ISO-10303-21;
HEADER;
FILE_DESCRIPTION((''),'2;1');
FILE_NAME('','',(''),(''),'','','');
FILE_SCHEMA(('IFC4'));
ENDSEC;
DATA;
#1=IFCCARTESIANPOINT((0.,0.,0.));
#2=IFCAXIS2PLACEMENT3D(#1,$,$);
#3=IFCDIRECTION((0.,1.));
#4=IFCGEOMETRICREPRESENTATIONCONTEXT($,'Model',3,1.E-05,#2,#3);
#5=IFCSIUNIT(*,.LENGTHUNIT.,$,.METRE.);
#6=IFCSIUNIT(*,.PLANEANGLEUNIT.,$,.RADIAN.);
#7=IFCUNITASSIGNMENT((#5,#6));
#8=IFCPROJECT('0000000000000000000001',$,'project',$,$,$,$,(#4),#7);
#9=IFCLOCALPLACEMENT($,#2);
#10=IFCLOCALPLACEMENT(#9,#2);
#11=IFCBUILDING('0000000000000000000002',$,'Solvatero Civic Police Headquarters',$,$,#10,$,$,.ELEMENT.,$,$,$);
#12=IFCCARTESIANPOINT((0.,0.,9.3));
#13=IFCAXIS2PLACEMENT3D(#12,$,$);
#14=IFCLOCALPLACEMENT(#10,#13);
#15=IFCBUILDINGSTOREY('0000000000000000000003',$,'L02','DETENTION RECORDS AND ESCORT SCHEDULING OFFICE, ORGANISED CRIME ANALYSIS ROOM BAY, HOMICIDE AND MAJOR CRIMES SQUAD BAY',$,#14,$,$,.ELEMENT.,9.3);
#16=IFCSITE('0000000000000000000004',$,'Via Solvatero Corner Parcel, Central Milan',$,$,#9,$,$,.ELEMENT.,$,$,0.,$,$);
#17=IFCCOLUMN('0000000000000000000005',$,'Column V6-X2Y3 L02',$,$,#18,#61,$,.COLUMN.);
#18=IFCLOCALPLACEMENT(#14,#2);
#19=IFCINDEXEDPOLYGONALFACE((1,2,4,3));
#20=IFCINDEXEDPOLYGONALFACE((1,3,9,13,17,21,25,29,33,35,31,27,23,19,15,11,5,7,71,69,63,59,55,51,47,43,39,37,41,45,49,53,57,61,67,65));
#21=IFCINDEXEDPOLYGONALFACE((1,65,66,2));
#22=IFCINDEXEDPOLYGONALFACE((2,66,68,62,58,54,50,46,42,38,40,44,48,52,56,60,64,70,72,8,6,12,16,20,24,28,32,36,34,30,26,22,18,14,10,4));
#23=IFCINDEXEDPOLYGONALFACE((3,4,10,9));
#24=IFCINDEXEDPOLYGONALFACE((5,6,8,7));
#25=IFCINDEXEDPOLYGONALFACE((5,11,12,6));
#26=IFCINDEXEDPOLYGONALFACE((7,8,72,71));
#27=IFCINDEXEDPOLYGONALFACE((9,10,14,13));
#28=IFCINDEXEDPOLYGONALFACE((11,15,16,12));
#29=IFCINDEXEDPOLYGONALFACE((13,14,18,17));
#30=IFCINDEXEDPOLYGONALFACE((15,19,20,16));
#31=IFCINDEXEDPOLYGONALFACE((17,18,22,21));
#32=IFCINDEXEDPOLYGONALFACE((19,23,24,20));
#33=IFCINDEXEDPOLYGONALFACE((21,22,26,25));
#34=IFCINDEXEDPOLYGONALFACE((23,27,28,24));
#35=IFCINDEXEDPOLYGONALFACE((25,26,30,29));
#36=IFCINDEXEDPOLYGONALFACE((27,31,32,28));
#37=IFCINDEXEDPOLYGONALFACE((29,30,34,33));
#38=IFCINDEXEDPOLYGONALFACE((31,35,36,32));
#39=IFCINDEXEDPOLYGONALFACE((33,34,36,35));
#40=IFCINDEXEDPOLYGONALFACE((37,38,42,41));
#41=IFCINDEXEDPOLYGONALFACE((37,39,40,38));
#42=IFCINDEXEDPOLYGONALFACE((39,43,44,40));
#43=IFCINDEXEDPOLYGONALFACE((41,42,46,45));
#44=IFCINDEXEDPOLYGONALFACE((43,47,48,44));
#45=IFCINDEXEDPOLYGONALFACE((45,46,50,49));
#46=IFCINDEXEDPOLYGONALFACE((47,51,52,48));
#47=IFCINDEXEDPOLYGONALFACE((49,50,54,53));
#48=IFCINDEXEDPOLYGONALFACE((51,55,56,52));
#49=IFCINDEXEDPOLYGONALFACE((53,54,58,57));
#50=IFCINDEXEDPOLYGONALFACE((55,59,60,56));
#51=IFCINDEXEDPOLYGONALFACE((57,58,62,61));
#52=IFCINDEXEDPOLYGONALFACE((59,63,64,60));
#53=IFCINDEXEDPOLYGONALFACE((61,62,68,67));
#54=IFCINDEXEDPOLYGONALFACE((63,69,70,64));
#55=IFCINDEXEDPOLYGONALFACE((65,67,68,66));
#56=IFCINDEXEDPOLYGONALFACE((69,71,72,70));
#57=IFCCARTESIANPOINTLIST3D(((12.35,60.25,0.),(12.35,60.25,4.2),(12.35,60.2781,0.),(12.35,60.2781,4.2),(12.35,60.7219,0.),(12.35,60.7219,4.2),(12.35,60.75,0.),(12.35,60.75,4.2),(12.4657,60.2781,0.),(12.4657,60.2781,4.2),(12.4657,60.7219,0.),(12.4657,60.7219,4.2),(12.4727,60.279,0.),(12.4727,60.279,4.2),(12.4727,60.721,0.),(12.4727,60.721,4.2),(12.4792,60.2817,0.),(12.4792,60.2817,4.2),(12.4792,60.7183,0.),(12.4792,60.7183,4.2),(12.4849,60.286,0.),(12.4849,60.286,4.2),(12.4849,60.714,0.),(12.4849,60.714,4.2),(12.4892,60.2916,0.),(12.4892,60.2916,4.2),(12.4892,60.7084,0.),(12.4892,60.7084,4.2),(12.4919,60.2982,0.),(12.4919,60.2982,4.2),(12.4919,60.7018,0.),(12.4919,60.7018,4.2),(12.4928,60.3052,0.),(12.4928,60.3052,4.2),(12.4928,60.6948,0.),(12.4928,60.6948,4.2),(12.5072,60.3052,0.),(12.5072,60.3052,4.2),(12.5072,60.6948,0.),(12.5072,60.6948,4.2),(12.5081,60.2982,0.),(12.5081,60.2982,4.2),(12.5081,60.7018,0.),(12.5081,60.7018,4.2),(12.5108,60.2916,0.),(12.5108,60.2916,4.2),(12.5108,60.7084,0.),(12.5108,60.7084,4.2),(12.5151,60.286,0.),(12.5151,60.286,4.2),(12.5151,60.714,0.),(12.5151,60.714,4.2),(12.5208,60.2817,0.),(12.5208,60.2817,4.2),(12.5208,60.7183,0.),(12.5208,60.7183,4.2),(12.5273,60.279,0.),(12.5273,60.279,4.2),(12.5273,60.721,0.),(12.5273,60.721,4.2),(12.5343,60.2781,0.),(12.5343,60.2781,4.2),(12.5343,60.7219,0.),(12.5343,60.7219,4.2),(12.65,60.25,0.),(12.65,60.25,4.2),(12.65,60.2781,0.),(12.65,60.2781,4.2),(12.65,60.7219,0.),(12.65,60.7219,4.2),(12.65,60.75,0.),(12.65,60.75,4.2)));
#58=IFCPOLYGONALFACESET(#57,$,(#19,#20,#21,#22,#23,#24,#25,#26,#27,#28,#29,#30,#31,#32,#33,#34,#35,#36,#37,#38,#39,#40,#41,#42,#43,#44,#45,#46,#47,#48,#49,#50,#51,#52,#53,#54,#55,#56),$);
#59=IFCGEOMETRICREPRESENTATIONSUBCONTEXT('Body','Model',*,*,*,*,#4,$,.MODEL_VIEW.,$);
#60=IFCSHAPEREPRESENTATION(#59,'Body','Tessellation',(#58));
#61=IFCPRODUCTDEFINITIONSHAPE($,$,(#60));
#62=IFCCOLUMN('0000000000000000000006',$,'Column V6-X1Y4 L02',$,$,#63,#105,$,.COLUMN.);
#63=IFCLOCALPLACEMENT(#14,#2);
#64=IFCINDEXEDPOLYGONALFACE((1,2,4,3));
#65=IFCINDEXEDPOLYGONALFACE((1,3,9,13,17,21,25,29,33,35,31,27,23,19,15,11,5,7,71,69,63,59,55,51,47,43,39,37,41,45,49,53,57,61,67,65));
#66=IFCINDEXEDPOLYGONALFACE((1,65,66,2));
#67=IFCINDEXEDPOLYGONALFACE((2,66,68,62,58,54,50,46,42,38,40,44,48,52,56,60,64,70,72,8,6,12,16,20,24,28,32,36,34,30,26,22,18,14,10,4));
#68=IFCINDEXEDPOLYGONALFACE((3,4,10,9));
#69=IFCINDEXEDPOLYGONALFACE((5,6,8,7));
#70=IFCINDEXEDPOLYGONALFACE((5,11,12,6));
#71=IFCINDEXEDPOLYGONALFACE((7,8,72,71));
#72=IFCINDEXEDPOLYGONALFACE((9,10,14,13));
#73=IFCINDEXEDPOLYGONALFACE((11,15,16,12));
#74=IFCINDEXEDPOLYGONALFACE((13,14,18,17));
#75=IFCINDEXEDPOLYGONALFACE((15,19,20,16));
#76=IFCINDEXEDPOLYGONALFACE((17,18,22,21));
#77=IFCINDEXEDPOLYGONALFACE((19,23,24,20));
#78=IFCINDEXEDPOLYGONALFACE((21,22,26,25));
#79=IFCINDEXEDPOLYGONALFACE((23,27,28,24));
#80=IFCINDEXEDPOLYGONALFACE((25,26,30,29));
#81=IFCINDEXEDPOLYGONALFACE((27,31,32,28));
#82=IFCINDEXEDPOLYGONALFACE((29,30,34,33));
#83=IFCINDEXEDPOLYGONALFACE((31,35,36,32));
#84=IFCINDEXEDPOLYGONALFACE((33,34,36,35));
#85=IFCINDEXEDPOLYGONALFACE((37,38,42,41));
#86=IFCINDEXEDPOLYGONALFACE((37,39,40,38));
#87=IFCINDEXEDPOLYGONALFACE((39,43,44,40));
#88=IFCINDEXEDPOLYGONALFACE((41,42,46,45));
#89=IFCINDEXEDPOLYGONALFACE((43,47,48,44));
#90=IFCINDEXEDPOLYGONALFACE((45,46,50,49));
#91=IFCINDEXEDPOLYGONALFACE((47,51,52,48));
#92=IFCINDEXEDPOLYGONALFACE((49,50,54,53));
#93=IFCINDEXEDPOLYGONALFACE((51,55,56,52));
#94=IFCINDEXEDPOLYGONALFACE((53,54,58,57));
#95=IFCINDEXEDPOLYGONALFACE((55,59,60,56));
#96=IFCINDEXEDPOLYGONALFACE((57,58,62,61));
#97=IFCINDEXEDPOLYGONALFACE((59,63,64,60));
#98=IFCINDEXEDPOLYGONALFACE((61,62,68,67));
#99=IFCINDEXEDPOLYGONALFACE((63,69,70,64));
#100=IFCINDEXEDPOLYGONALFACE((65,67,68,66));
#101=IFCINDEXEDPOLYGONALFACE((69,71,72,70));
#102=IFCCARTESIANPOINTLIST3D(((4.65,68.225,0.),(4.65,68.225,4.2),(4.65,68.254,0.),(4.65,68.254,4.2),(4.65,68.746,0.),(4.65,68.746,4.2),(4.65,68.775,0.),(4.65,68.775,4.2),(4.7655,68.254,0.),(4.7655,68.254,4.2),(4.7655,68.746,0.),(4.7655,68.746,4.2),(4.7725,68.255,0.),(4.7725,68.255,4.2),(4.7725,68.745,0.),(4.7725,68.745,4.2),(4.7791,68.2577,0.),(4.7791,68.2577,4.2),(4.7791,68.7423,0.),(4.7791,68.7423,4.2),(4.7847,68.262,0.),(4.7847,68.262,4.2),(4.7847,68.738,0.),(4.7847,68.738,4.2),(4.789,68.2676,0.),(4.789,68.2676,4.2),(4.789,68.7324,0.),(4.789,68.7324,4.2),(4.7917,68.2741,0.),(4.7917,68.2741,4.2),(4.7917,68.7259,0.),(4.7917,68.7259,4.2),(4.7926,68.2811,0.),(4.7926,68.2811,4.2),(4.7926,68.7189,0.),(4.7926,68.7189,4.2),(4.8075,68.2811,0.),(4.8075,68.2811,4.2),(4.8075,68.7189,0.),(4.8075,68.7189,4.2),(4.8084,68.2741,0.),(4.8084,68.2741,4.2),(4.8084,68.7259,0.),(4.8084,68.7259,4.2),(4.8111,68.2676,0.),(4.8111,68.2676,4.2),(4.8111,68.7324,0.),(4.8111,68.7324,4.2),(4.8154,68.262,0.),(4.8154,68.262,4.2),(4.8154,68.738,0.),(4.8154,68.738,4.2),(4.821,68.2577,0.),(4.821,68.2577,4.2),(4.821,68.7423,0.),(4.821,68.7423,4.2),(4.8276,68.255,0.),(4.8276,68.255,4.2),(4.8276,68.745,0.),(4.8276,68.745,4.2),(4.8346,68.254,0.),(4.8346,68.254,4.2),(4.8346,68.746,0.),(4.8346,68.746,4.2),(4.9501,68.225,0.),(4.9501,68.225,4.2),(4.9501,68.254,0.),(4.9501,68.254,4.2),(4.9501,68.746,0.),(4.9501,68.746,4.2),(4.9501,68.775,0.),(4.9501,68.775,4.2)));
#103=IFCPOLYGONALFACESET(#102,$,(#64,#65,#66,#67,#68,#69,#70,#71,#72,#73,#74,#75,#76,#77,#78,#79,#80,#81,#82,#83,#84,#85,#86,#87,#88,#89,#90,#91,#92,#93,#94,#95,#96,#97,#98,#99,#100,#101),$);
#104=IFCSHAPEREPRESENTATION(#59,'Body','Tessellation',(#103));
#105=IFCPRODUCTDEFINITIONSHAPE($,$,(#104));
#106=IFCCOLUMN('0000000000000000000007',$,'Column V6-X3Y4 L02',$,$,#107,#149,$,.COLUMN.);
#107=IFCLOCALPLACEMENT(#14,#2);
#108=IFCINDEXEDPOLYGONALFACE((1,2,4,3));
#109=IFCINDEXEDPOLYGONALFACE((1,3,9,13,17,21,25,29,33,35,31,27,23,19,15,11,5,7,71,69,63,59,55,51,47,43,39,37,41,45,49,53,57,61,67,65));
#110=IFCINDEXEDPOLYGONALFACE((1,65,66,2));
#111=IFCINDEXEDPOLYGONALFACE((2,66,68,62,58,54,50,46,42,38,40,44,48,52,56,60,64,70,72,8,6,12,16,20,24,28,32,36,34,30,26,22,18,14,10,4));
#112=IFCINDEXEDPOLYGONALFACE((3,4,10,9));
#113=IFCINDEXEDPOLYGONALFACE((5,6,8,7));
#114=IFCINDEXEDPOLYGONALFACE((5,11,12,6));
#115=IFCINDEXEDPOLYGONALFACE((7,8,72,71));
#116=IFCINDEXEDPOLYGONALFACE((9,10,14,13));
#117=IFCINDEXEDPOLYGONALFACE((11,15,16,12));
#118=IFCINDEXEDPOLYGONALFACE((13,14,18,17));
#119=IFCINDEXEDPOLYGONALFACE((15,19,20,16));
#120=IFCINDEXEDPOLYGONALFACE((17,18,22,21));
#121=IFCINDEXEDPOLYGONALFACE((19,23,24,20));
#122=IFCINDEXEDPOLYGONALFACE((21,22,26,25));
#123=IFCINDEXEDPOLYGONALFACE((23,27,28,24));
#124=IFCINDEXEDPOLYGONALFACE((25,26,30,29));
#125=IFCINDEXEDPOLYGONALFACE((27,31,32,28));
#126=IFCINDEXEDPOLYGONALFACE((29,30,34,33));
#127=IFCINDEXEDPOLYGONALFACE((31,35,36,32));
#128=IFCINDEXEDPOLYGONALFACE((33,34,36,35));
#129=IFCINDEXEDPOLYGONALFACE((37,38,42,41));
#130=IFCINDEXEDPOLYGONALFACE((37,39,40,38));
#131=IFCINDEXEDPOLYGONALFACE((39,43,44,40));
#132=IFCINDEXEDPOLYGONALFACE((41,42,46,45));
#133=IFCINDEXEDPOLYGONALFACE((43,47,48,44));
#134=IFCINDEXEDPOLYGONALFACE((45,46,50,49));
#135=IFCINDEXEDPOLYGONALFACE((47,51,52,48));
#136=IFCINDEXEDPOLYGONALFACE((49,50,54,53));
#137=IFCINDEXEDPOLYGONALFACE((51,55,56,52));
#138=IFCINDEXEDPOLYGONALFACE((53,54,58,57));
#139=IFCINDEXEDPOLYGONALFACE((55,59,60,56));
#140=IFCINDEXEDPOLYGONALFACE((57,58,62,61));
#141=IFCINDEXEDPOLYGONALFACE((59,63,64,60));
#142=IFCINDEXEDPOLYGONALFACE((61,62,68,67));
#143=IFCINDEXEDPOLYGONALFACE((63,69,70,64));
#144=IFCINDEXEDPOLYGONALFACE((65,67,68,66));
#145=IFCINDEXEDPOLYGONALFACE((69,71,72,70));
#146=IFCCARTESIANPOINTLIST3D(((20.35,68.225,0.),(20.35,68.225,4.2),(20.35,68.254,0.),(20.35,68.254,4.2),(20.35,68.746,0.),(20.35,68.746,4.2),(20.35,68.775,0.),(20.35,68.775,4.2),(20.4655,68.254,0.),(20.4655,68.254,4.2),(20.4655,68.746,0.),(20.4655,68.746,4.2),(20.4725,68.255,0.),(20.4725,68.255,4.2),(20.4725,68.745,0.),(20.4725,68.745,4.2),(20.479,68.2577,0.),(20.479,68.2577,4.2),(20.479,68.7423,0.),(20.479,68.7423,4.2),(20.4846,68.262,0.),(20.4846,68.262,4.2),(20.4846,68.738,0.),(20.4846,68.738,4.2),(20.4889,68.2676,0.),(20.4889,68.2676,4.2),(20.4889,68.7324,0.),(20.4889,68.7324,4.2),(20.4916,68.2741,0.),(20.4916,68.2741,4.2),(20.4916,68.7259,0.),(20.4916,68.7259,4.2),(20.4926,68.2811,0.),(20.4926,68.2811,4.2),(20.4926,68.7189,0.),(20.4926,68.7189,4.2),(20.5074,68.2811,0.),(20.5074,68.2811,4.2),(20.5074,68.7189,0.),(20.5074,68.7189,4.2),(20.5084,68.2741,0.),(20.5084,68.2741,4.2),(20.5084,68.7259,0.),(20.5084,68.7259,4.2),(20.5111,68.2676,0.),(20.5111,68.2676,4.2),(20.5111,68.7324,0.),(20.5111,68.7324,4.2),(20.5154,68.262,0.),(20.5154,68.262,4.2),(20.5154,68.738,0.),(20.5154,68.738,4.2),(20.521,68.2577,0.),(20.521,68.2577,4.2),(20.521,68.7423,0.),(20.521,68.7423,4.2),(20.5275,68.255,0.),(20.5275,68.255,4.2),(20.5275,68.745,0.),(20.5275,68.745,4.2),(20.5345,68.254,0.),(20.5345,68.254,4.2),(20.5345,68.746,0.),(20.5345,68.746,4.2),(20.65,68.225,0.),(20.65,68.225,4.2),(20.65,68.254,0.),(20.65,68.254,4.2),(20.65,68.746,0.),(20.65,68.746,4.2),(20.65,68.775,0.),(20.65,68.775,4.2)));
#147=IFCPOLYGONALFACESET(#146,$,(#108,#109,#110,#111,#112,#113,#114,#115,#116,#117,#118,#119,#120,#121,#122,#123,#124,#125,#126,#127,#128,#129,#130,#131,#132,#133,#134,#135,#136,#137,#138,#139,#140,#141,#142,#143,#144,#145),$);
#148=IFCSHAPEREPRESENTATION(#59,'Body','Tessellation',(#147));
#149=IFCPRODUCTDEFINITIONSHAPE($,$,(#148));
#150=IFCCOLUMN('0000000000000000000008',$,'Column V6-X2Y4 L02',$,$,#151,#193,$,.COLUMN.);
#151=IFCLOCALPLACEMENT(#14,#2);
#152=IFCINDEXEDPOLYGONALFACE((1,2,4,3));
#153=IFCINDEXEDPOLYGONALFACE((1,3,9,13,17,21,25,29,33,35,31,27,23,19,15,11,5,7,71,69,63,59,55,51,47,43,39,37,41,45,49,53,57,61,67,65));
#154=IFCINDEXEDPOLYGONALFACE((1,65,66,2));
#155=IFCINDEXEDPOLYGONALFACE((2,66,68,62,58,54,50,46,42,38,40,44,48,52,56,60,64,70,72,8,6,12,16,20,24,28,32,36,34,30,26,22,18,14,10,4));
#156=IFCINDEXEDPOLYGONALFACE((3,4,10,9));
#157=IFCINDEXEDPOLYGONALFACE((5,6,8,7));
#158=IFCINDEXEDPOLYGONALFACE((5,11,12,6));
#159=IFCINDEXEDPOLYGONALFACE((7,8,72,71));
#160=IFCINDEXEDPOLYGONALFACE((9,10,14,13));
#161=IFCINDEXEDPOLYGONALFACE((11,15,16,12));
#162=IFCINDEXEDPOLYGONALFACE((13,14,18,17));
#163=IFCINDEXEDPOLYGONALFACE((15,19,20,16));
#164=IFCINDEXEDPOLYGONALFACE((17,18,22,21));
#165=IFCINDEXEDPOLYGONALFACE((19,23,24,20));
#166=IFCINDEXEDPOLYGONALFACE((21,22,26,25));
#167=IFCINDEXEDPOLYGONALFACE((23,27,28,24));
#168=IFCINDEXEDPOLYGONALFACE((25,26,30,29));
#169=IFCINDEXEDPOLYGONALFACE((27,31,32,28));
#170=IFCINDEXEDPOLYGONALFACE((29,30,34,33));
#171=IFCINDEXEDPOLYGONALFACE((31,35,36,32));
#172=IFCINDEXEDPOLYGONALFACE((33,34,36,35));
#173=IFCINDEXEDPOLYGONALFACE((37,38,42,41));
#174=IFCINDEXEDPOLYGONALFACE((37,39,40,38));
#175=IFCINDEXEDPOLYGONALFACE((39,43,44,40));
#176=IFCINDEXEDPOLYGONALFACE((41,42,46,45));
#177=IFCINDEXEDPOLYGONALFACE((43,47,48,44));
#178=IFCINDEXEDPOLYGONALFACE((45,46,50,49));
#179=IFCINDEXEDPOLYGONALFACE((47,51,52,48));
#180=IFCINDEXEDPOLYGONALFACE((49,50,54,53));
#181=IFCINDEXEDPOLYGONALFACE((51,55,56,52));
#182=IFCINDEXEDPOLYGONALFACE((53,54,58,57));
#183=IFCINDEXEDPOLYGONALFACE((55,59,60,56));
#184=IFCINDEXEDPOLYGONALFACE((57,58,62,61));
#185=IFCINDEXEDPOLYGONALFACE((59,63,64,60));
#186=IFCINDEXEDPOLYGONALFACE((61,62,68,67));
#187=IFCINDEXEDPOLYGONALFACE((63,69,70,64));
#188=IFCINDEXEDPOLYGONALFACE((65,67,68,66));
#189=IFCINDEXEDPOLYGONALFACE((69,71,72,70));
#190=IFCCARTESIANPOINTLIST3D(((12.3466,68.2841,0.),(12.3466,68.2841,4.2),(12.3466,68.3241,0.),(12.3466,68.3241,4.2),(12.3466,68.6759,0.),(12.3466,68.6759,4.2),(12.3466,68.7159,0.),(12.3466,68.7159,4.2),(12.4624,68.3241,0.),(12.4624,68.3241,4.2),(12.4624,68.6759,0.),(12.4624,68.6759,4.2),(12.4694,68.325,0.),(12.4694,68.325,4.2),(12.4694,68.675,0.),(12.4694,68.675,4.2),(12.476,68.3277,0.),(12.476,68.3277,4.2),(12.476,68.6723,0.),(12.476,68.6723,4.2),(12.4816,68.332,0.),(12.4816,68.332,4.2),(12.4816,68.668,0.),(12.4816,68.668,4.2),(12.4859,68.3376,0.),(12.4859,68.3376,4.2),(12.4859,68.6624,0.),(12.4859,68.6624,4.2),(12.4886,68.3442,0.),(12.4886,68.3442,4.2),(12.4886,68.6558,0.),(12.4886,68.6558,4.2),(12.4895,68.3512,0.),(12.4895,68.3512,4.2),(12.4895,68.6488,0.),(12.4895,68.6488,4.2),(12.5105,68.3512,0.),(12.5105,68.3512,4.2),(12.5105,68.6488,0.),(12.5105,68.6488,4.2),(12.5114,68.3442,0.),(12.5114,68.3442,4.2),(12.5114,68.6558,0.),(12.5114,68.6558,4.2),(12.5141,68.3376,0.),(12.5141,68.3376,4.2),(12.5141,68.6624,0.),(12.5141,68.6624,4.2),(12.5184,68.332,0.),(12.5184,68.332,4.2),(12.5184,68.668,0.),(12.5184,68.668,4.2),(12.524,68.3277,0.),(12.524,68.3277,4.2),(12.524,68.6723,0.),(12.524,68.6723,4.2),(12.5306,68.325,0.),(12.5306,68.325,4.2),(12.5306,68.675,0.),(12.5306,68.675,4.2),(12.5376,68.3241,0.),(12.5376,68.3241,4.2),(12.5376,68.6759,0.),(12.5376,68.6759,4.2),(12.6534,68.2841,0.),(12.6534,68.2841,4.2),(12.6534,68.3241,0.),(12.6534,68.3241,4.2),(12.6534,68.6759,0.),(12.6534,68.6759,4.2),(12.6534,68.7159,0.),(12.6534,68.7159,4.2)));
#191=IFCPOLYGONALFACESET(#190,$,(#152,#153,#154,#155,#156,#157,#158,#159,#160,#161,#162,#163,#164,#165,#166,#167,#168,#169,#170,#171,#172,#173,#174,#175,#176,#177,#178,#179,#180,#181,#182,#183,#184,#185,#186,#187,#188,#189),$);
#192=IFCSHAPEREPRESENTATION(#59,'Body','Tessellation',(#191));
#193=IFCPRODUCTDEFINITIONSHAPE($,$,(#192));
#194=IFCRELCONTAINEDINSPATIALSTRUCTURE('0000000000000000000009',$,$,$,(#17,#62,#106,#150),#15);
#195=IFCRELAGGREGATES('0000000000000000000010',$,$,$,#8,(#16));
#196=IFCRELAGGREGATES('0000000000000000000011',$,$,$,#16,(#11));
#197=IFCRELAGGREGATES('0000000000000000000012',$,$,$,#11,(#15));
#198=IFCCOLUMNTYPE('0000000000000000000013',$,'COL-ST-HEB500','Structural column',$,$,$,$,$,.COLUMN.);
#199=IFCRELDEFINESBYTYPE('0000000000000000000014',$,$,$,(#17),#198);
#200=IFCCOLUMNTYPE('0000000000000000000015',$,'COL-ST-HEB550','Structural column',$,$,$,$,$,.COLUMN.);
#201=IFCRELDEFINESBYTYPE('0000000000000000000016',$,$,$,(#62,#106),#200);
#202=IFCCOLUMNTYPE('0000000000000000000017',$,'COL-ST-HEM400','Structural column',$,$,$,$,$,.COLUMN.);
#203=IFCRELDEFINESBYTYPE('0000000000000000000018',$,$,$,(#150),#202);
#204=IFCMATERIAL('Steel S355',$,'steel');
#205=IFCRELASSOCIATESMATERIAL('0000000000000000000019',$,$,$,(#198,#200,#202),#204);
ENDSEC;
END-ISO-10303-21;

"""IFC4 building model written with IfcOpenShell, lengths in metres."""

from ifc_helpers import new_model, si_unit, direction, frame, origin, origin_2d, place, context, subcontext, project, spatial, i_section, extrude, material, material_profile, profile_set, type_object, element, save


model = new_model("IFC4")

# Units and contexts
model_context = context("Model", 3, precision=1e-05, world=origin(), true_north=direction((0.0, 1.0)))
body_context = subcontext(model_context, "Body", "Model", "MODEL_VIEW")
ifc_project = project(units=[si_unit("LENGTHUNIT", "METRE"), si_unit("PLANEANGLEUNIT", "RADIAN")], contexts=[model_context])

# Site, building, storey
site_placement = place(None, origin())
site = spatial("IfcSite", under=ifc_project, at=site_placement, Name="Via Solvatero Corner Parcel, Central Milan", CompositionType="ELEMENT", RefElevation=0.0)
building_placement = place(site_placement, origin())
building = spatial("IfcBuilding", under=site, at=building_placement, Name="Solvatero Civic Police Headquarters", CompositionType="ELEMENT")
storey_placement = place(building_placement, frame((0.0, 0.0, 9.3)))
storey = spatial("IfcBuildingStorey", under=building, at=storey_placement, Name="L02", Description="DETENTION RECORDS AND ESCORT SCHEDULING OFFICE, ORGANISED CRIME ANALYSIS ROOM BAY, HOMICIDE AND MAJOR CRIMES SQUAD BAY", CompositionType="ELEMENT", Elevation=9.3)

# Columns
ifc_material_1 = material(Name="Steel S355", Category="steel")
ifc_material_profile_1 = material_profile(ifc_material_1, i_section(OverallWidth=0.3, OverallDepth=0.5, WebThickness=0.0144, FlangeThickness=0.0281, FilletRadius=0.0271, at=origin_2d()), Name="HEB 500")
ifc_profile_set_1 = profile_set([ifc_material_profile_1], Name="Steel S355")
column_type_1 = type_object("IfcColumnType", Name="COL-ST-HEB500", Description="Structural column", PredefinedType="COLUMN", material=ifc_profile_set_1)
column_1_placement = place(storey_placement, frame((12.5, 60.5, 0.0), z_axis=(0.0, 0.0, 1.0), x_axis=(1.0, 0.0, 0.0)))
element("IfcColumn", 1, at=column_1_placement, inside=storey, type_object=column_type_1, Name="Column V6-X2Y3 L02", PredefinedType="COLUMN", context=body_context, shape_type="SweptSolid", body=[
    extrude(i_section(OverallWidth=0.3, OverallDepth=0.5, WebThickness=0.0144, FlangeThickness=0.0281, FilletRadius=0.0271, at=origin_2d()), origin(), (0.0, 0.0, 1.0), 4.2),
])
ifc_material_profile_2 = material_profile(ifc_material_1, i_section(OverallWidth=0.3, OverallDepth=0.55, WebThickness=0.0149, FlangeThickness=0.0291, FilletRadius=0.0271, at=origin_2d()), Name="HEB 550")
ifc_profile_set_2 = profile_set([ifc_material_profile_2], Name="Steel S355")
column_type_2 = type_object("IfcColumnType", Name="COL-ST-HEB550", Description="Structural column", PredefinedType="COLUMN", material=ifc_profile_set_2)
for number, where, z_axis, x_axis, name in (
    (2, (4.8, 68.5, 0.0), (0.0, 0.0, 1.0), (1.0, 0.0, 0.0), "Column V6-X1Y4 L02"),
    (3, (20.5, 68.5, 0.0), (0.0, 0.0, 1.0), (1.0, 0.0, 0.0), "Column V6-X3Y4 L02"),
):
    element("IfcColumn", number, at=place(storey_placement, frame(where, z_axis=z_axis, x_axis=x_axis)), inside=storey, type_object=column_type_2, Name=name, PredefinedType="COLUMN", context=body_context, shape_type="SweptSolid", body=[
        extrude(i_section(OverallWidth=0.3, OverallDepth=0.55, WebThickness=0.0149, FlangeThickness=0.0291, FilletRadius=0.0271, at=origin_2d()), origin(), (0.0, 0.0, 1.0), 4.2),
    ])
ifc_material_profile_3 = material_profile(ifc_material_1, i_section(OverallWidth=0.3069, OverallDepth=0.4319, WebThickness=0.021, FlangeThickness=0.04, FilletRadius=0.0271, at=origin_2d()), Name="HEM 400")
ifc_profile_set_3 = profile_set([ifc_material_profile_3], Name="Steel S355")
column_type_3 = type_object("IfcColumnType", Name="COL-ST-HEM400", Description="Structural column", PredefinedType="COLUMN", material=ifc_profile_set_3)
column_2_placement = place(storey_placement, frame((12.5, 68.5, 0.0), z_axis=(0.0, 0.0, 1.0), x_axis=(1.0, 0.0, 0.0)))
element("IfcColumn", 4, at=column_2_placement, inside=storey, type_object=column_type_3, Name="Column V6-X2Y4 L02", PredefinedType="COLUMN", context=body_context, shape_type="SweptSolid", body=[
    extrude(i_section(OverallWidth=0.3069, OverallDepth=0.4319, WebThickness=0.021, FlangeThickness=0.04, FilletRadius=0.0271, at=origin_2d()), origin(), (0.0, 0.0, 1.0), 4.2),
])

save(model, "model.ifc")
